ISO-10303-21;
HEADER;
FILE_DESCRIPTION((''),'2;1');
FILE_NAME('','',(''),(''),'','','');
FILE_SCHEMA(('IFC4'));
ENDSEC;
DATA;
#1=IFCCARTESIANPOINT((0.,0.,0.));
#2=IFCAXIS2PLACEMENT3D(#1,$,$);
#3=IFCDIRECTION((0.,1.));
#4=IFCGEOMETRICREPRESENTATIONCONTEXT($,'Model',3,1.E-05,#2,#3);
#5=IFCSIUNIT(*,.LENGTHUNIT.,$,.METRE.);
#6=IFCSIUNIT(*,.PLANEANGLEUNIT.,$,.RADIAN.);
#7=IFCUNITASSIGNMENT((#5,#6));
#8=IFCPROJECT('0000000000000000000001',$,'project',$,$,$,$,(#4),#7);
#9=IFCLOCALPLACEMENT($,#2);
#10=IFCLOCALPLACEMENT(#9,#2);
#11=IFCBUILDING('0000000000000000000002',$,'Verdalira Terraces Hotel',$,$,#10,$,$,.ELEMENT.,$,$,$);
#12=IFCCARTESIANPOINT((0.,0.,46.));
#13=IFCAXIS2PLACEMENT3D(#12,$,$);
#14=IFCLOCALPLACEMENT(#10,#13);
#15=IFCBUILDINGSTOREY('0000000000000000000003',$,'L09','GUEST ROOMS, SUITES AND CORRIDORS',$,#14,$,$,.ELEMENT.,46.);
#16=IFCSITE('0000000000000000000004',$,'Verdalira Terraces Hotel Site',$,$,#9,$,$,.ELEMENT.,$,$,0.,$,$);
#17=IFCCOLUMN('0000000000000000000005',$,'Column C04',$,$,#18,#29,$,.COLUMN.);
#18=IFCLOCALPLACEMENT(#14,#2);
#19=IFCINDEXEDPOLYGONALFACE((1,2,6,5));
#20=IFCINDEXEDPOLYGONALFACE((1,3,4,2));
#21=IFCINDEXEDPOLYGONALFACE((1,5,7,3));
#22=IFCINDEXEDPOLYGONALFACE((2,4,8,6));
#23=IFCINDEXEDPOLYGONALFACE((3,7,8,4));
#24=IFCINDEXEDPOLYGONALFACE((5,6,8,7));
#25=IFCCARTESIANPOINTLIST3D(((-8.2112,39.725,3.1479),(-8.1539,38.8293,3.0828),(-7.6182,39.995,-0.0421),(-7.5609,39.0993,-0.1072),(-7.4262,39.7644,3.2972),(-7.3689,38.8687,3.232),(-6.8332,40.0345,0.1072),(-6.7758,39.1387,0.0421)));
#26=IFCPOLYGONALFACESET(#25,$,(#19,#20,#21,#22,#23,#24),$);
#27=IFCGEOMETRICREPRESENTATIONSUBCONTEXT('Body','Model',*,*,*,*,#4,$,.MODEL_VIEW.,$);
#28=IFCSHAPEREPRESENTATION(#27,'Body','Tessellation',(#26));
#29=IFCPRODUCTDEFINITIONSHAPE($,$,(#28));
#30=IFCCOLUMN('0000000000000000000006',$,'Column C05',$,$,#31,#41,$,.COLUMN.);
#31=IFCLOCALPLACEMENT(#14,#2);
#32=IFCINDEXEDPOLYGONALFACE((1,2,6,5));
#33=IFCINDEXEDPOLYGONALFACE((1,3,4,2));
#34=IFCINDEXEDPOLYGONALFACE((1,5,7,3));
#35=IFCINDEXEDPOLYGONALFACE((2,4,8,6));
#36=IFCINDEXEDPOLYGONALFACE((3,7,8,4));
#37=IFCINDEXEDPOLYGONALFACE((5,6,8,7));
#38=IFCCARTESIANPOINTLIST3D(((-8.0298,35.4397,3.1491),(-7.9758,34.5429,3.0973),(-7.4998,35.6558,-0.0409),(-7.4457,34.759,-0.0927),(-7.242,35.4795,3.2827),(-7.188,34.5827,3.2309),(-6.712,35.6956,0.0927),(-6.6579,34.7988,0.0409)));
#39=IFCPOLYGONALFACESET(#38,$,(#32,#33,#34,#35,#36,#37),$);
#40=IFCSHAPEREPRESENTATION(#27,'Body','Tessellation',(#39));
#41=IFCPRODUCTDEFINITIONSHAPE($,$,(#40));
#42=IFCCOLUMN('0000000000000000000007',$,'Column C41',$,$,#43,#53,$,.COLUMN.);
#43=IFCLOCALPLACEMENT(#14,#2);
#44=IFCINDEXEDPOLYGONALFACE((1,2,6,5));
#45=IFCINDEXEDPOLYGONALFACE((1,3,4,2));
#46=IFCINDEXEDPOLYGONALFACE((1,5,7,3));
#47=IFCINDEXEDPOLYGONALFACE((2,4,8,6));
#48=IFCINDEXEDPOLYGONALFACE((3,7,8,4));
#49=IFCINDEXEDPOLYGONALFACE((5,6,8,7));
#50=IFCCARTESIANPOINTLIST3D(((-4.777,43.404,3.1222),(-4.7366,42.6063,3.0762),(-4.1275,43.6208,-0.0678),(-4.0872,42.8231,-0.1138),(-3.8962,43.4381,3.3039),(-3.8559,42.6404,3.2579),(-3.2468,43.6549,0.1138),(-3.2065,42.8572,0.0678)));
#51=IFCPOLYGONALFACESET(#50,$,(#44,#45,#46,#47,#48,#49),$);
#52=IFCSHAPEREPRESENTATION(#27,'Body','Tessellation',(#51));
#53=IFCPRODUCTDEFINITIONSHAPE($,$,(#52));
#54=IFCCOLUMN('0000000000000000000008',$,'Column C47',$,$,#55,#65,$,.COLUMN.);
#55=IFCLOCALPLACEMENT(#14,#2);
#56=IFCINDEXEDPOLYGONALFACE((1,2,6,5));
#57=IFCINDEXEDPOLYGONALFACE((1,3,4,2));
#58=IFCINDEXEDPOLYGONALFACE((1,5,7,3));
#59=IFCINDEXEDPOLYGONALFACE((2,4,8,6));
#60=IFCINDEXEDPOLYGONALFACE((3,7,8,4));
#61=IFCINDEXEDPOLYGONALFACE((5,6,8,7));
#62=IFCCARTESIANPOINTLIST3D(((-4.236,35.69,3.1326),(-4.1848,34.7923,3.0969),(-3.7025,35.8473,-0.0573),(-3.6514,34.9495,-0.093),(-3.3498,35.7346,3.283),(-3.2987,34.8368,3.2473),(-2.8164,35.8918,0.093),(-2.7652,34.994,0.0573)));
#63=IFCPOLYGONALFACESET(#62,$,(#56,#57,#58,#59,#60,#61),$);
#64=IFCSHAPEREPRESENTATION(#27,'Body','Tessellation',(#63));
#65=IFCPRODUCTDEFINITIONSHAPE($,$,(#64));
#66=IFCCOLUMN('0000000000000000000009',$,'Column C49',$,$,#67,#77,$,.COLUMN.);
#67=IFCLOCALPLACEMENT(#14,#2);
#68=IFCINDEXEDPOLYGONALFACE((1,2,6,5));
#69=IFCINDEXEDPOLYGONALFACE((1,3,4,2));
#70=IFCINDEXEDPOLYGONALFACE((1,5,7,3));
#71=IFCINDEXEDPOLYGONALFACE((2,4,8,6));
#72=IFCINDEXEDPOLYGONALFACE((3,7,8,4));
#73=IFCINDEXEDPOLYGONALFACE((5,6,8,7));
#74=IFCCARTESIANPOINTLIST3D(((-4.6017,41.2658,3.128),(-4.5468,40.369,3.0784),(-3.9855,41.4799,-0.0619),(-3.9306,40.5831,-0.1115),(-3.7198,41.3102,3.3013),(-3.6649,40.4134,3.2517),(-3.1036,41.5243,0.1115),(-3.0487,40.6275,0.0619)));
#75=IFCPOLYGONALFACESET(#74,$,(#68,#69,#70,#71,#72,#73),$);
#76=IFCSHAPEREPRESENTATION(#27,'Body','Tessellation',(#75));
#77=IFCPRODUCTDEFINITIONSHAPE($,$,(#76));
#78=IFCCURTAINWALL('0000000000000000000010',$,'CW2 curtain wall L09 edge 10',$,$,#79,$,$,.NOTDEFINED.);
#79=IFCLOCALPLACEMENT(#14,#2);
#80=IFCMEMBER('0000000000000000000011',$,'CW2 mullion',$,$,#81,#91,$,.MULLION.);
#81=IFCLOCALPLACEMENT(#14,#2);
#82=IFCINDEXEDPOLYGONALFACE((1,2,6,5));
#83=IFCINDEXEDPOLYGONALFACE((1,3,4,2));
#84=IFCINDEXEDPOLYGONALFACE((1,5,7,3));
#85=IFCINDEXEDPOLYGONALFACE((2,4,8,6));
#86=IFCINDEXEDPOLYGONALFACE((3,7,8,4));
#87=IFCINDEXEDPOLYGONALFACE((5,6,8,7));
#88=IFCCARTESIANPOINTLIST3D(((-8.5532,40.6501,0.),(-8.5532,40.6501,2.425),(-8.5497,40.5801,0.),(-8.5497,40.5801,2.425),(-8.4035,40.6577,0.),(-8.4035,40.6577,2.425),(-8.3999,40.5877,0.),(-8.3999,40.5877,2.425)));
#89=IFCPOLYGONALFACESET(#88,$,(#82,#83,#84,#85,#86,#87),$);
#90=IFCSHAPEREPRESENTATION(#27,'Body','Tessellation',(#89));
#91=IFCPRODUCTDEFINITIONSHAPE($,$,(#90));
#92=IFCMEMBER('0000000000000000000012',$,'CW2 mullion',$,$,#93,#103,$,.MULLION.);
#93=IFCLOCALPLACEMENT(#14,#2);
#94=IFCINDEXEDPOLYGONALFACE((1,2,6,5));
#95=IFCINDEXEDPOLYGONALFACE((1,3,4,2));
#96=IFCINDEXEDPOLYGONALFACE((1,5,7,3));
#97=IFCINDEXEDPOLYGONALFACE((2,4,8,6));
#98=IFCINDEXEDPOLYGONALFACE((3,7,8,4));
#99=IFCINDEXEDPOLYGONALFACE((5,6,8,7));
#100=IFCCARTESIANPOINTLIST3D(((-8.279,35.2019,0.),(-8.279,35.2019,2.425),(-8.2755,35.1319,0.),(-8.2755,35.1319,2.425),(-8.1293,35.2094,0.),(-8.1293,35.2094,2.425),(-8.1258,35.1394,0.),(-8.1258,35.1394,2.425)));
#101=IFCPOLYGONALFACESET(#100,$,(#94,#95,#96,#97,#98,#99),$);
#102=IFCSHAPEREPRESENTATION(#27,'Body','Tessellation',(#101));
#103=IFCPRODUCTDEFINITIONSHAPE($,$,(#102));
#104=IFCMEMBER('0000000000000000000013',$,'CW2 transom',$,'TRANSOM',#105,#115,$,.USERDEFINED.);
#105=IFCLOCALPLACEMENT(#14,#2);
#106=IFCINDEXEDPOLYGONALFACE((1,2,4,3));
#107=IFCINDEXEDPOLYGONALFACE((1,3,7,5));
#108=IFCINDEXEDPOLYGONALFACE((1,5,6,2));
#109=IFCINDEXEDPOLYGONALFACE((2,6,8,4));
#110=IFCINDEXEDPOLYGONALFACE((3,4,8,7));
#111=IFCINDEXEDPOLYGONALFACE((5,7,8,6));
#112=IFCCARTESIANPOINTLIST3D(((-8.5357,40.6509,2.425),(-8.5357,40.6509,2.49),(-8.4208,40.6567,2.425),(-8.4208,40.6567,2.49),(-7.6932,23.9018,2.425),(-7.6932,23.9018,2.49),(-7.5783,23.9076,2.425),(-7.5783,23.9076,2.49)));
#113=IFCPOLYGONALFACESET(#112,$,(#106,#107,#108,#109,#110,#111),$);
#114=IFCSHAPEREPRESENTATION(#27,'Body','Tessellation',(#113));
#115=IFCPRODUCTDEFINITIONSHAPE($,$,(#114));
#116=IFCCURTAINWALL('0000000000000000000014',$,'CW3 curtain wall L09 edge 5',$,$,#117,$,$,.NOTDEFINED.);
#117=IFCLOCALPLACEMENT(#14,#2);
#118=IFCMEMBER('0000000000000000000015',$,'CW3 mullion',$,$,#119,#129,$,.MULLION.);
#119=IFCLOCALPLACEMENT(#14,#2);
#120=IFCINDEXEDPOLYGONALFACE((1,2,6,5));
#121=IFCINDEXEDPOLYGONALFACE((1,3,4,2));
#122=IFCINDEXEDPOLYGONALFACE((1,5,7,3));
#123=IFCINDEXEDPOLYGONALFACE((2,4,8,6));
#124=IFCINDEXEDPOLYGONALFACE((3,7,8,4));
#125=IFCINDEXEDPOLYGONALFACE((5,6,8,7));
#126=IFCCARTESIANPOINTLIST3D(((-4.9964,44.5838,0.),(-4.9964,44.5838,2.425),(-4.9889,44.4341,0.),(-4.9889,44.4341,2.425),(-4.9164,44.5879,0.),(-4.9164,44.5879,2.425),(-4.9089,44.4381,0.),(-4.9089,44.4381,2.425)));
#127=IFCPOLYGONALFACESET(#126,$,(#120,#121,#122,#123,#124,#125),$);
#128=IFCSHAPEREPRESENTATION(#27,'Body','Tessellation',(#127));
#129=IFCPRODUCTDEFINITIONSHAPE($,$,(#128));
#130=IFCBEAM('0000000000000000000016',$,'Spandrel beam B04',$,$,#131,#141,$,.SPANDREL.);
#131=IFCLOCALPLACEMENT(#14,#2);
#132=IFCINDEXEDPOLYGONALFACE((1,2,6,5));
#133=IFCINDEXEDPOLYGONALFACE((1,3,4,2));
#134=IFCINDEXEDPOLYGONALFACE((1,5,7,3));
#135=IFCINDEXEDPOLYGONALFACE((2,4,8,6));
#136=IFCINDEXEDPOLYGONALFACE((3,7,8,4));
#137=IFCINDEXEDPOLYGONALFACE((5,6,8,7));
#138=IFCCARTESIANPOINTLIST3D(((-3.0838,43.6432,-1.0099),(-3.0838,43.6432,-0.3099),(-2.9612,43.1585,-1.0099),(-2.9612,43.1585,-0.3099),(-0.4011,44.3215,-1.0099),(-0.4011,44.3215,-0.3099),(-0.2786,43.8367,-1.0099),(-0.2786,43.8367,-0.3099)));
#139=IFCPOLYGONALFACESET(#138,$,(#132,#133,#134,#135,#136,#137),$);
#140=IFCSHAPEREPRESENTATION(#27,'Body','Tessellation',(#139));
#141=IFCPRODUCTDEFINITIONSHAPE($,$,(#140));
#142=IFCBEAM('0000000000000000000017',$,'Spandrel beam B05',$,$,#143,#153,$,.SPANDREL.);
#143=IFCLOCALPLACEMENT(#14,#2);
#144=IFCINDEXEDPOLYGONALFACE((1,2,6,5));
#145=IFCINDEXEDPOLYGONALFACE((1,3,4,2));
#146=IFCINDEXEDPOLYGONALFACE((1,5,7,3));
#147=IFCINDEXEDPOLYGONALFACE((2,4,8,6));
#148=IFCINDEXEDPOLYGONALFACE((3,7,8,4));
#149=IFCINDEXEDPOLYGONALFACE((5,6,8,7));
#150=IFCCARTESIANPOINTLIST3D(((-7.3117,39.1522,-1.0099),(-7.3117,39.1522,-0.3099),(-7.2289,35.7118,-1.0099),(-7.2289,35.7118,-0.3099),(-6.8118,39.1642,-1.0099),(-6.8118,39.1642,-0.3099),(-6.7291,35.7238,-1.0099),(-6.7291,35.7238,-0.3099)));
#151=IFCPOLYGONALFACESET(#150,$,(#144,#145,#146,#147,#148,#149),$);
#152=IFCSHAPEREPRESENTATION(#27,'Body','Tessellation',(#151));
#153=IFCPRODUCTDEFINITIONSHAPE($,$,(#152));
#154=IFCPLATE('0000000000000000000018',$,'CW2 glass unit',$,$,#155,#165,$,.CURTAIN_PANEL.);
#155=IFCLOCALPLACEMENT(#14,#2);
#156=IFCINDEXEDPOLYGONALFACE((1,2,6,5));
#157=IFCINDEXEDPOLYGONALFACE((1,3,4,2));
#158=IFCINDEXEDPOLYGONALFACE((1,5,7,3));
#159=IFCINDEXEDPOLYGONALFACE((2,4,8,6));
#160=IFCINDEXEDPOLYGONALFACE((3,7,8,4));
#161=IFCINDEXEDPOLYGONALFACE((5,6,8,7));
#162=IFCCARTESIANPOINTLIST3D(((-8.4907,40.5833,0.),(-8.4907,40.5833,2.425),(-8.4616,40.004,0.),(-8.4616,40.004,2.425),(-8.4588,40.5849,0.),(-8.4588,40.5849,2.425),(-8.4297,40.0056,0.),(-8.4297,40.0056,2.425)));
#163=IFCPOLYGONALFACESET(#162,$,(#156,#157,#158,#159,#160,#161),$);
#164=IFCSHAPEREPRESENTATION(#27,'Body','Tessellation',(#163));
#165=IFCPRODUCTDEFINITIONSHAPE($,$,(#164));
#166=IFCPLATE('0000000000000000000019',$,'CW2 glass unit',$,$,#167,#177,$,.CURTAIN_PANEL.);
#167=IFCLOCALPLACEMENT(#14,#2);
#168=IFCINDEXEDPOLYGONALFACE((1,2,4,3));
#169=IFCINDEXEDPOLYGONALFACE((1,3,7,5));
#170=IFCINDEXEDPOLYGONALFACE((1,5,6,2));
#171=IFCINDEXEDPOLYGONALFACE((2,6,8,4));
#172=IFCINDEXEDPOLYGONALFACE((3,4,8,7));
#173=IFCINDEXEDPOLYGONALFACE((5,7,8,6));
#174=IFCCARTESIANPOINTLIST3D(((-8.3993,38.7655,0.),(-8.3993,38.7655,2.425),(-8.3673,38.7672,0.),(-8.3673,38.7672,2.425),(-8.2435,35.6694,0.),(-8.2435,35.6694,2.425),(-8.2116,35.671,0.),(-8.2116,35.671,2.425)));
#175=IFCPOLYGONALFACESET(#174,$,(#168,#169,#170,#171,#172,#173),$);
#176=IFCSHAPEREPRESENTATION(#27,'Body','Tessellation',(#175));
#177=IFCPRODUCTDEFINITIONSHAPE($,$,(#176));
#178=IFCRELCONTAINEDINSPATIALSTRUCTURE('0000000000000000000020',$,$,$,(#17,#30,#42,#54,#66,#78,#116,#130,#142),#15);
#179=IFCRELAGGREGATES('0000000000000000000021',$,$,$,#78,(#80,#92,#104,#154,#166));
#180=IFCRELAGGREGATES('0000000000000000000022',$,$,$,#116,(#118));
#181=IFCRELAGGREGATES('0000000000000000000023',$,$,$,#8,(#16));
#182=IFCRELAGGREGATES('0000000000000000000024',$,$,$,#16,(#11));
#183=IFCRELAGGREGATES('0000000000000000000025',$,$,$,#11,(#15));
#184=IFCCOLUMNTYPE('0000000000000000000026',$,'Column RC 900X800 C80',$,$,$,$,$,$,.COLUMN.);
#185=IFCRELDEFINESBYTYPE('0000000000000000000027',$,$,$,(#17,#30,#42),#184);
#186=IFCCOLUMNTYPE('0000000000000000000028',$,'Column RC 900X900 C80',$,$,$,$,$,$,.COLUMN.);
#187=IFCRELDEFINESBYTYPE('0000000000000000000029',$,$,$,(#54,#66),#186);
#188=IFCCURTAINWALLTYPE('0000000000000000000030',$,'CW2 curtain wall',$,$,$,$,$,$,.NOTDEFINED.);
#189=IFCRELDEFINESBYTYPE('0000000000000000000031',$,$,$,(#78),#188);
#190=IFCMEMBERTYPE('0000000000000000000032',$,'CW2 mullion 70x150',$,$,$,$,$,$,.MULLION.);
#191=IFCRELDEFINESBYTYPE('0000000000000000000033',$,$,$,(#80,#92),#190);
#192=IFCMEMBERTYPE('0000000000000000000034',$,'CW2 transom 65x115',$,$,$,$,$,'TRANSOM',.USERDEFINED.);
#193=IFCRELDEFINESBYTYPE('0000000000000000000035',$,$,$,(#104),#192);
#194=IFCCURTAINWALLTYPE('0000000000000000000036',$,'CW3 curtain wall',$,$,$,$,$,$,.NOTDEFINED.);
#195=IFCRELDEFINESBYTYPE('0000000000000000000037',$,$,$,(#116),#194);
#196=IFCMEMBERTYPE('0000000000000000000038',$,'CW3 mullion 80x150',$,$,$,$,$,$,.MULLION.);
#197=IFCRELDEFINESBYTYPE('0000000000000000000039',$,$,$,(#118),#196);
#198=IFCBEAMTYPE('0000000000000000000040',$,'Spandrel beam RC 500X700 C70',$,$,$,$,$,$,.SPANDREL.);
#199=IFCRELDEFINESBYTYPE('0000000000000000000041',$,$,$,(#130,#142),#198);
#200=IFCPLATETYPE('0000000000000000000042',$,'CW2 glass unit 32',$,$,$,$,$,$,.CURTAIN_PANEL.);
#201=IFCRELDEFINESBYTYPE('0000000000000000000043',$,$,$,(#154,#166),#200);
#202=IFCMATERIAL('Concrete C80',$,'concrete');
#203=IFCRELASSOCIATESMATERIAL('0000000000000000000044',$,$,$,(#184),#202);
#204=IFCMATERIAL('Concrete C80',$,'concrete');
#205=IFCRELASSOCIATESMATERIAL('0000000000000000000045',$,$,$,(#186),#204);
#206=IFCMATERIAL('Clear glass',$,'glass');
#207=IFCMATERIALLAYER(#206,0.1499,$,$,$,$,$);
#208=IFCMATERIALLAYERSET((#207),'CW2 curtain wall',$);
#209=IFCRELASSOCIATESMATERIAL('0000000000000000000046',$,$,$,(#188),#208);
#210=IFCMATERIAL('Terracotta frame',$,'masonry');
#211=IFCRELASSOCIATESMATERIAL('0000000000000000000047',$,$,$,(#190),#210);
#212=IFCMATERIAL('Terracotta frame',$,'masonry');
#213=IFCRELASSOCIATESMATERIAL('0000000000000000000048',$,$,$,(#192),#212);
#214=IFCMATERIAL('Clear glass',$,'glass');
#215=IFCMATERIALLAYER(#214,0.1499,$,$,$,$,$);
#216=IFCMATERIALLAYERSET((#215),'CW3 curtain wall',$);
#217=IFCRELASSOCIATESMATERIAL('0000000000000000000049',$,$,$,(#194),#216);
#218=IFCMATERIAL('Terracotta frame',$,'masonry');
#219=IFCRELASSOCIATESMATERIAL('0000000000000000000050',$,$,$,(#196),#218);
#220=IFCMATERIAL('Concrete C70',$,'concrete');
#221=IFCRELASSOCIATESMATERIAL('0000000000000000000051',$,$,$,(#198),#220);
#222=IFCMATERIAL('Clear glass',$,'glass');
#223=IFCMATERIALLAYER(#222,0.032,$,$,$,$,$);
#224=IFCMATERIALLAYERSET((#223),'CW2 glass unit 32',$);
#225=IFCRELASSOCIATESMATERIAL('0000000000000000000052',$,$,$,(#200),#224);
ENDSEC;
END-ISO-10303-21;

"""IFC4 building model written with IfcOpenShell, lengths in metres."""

from ifc_helpers import new_model, si_unit, direction, frame, origin, origin_2d, place, context, subcontext, project, spatial, rectangle, extrude, material, layer, layer_set, material_profile, profile_set, type_object, element, aggregate, save


model = new_model("IFC4")

# Units and contexts
model_context = context("Model", 3, precision=1e-05, world=origin(), true_north=direction((0.0, 1.0)))
body_context = subcontext(model_context, "Body", "Model", "MODEL_VIEW")
ifc_project = project(units=[si_unit("LENGTHUNIT", "METRE"), si_unit("PLANEANGLEUNIT", "RADIAN")], contexts=[model_context])

# Site, building, storey
site_placement = place(None, origin())
site = spatial("IfcSite", under=ifc_project, at=site_placement, Name="Verdalira Terraces Hotel Site", CompositionType="ELEMENT", RefElevation=0.0)
building_placement = place(site_placement, origin())
building = spatial("IfcBuilding", under=site, at=building_placement, Name="Verdalira Terraces Hotel", CompositionType="ELEMENT")
storey_placement = place(building_placement, frame((0.0, 0.0, 46.0)))
storey = spatial("IfcBuildingStorey", under=building, at=storey_placement, Name="L09", Description="GUEST ROOMS, SUITES AND CORRIDORS", CompositionType="ELEMENT", Elevation=46.0)

# Columns
ifc_material_1 = material(Name="Concrete C80", Category="concrete")
ifc_material_profile_1 = material_profile(ifc_material_1, rectangle(XDim=0.8999, YDim=0.8, at=origin_2d()), Name="RC 900X800")
ifc_profile_set_1 = profile_set([ifc_material_profile_1], Name="Concrete C80")
column_type_1 = type_object("IfcColumnType", Name="Column RC 900X800 C80", PredefinedType="COLUMN", material=ifc_profile_set_1)
column_1_placement = place(storey_placement, frame((-7.197, 39.5669, 0.0), z_axis=(-0.182141, -0.082935, 0.979769), x_axis=(0.063733, -0.995337, -0.072404)))
element("IfcColumn", 1, at=column_1_placement, inside=storey, type_object=column_type_1, Name="Column C04", PredefinedType="COLUMN", context=body_context, shape_type="SweptSolid", body=[
    extrude(rectangle(XDim=0.8999, YDim=0.8, at=origin_2d()), origin(), (0.0, 0.0, 1.0), 3.2559),
])
column_2_placement = place(storey_placement, frame((-7.0789, 35.2273, 0.0), z_axis=(-0.163545, -0.066668, 0.984281), x_axis=(0.060063, -0.996536, -0.057518)))
element("IfcColumn", 2, at=column_2_placement, inside=storey, type_object=column_type_1, Name="Column C05", PredefinedType="COLUMN", context=body_context, shape_type="SweptSolid", body=[
    extrude(rectangle(XDim=0.8999, YDim=0.8, at=origin_2d()), origin(), (0.0, 0.0, 1.0), 3.241),
])
column_3_placement = place(storey_placement, frame((-3.667, 43.239, 0.0), z_axis=(-0.199049, -0.066449, 0.977734), x_axis=(-0.978691, -0.037867, -0.201817)))
element("IfcColumn", 3, at=column_3_placement, inside=storey, type_object=column_type_1, Name="Column C41", PredefinedType="COLUMN", context=body_context, shape_type="SweptSolid", body=[
    extrude(rectangle(XDim=0.8999, YDim=0.8, at=origin_2d()), origin(), (0.0, 0.0, 1.0), 3.2627),
])
ifc_material_2 = material(Name="Concrete C80", Category="concrete")
ifc_material_profile_2 = material_profile(ifc_material_2, rectangle(XDim=0.8999, YDim=0.8999, at=origin_2d()), Name="RC 900X900")
ifc_profile_set_2 = profile_set([ifc_material_profile_2], Name="Concrete C80")
column_type_2 = type_object("IfcColumnType", Name="Column RC 900X900 C80", PredefinedType="COLUMN", material=ifc_profile_set_2)
column_4_placement = place(storey_placement, frame((-3.2339, 35.4207, 0.0), z_axis=(-0.164743, -0.048556, 0.985141), x_axis=(-0.056858, 0.997594, 0.039661)))
element("IfcColumn", 4, at=column_4_placement, inside=storey, type_object=column_type_2, Name="Column C47", PredefinedType="COLUMN", context=body_context, shape_type="SweptSolid", body=[
    extrude(rectangle(XDim=0.8999, YDim=0.8999, at=origin_2d()), origin(), (0.0, 0.0, 1.0), 3.238),
])
column_5_placement = place(storey_placement, frame((-3.5171, 41.0537, 0.0), z_axis=(-0.189256, -0.06576, 0.979723), x_axis=(-0.06101, 0.996615, 0.055108)))
element("IfcColumn", 5, at=column_5_placement, inside=storey, type_object=column_type_2, Name="Column C49", PredefinedType="COLUMN", context=body_context, shape_type="SweptSolid", body=[
    extrude(rectangle(XDim=0.8999, YDim=0.8999, at=origin_2d()), origin(), (0.0, 0.0, 1.0), 3.2559),
])

# Curtain wall, members
ifc_material_3 = material(Name="Clear glass", Category="glass")
ifc_layer_1 = layer(ifc_material_3, 0.1499)
ifc_layer_set_1 = layer_set([ifc_layer_1], Name="CW2 curtain wall")
curtain_wall_type_1 = type_object("IfcCurtainWallType", Name="CW2 curtain wall", PredefinedType="NOTDEFINED", material=ifc_layer_set_1)
curtain_wall_1_placement = place(storey_placement, origin())
curtain_wall_1 = element("IfcCurtainWall", 6, at=curtain_wall_1_placement, inside=storey, type_object=curtain_wall_type_1, Name="CW2 curtain wall L09 edge 10", PredefinedType="NOTDEFINED")
ifc_material_4 = material(Name="Terracotta frame", Category="masonry")
ifc_material_profile_3 = material_profile(ifc_material_4, rectangle(XDim=0.0701, YDim=0.1499, at=origin_2d()), Name="MU 70x150")
ifc_profile_set_3 = profile_set([ifc_material_profile_3], Name="Terracotta frame")
member_type_1 = type_object("IfcMemberType", Name="CW2 mullion 70x150", PredefinedType="MULLION", material=ifc_profile_set_3)
member_1_placement = place(storey_placement, frame((-8.4766, 40.6189, 0.0), z_axis=(0.0, 0.0, 1.0), x_axis=(0.050244, -0.998737, 0.0)))
member_1 = element("IfcMember", 7, at=member_1_placement, type_object=member_type_1, Name="CW2 mullion", PredefinedType="MULLION", context=body_context, shape_type="SweptSolid", body=[
    extrude(rectangle(XDim=0.0701, YDim=0.1499, at=origin_2d()), origin(), (0.0, 0.0, 1.0), 2.425),
])
member_2_placement = place(storey_placement, frame((-8.2024, 35.1707, 0.0), z_axis=(0.0, 0.0, 1.0), x_axis=(0.050244, -0.998737, 0.0)))
member_2 = element("IfcMember", 8, at=member_2_placement, type_object=member_type_1, Name="CW2 mullion", PredefinedType="MULLION", context=body_context, shape_type="SweptSolid", body=[
    extrude(rectangle(XDim=0.0701, YDim=0.1499, at=origin_2d()), origin(), (0.0, 0.0, 1.0), 2.425),
])
ifc_material_5 = material(Name="Terracotta frame", Category="masonry")
ifc_material_profile_4 = material_profile(ifc_material_5, rectangle(XDim=0.115, YDim=0.0649, at=origin_2d()), Name="TR 65x115")
ifc_profile_set_4 = profile_set([ifc_material_profile_4], Name="Terracotta frame")
member_type_2 = type_object("IfcMemberType", Name="CW2 transom 65x115", ElementType="TRANSOM", PredefinedType="USERDEFINED", material=ifc_profile_set_4)
member_3_placement = place(storey_placement, frame((-8.4783, 40.6538, 2.4575), z_axis=(0.05024, -0.998737, 0.0), x_axis=(0.998737, 0.05024, 0.0)))
member_3 = element("IfcMember", 9, at=member_3_placement, type_object=member_type_2, Name="CW2 transom", ObjectType="TRANSOM", PredefinedType="USERDEFINED", context=body_context, shape_type="SweptSolid", body=[
    extrude(rectangle(XDim=0.115, YDim=0.0649, at=origin_2d()), origin(), (0.0, 0.0, 1.0), 16.7703),
])

# Curtain wall, member
ifc_material_6 = material(Name="Clear glass", Category="glass")
ifc_layer_2 = layer(ifc_material_6, 0.1499)
ifc_layer_set_2 = layer_set([ifc_layer_2], Name="CW3 curtain wall")
curtain_wall_type_2 = type_object("IfcCurtainWallType", Name="CW3 curtain wall", PredefinedType="NOTDEFINED", material=ifc_layer_set_2)
curtain_wall_2_placement = place(storey_placement, origin())
curtain_wall_2 = element("IfcCurtainWall", 10, at=curtain_wall_2_placement, inside=storey, type_object=curtain_wall_type_2, Name="CW3 curtain wall L09 edge 5", PredefinedType="NOTDEFINED")
ifc_material_7 = material(Name="Terracotta frame", Category="masonry")
ifc_material_profile_5 = material_profile(ifc_material_7, rectangle(XDim=0.0801, YDim=0.1499, at=origin_2d()), Name="MU 80x150")
ifc_profile_set_5 = profile_set([ifc_material_profile_5], Name="Terracotta frame")
member_type_3 = type_object("IfcMemberType", Name="CW3 mullion 80x150", PredefinedType="MULLION", material=ifc_profile_set_5)
member_4_placement = place(storey_placement, frame((-4.9526, 44.511, 0.0), z_axis=(0.0, 0.0, 1.0), x_axis=(-0.998737, -0.050244, 0.0)))
member_4 = element("IfcMember", 11, at=member_4_placement, type_object=member_type_3, Name="CW3 mullion", PredefinedType="MULLION", context=body_context, shape_type="SweptSolid", body=[
    extrude(rectangle(XDim=0.0801, YDim=0.1499, at=origin_2d()), origin(), (0.0, 0.0, 1.0), 2.425),
])

# Beams
ifc_material_8 = material(Name="Concrete C70", Category="concrete")
ifc_material_profile_6 = material_profile(ifc_material_8, rectangle(XDim=0.5, YDim=0.7, at=origin_2d()), Name="RC 500X700")
ifc_profile_set_6 = profile_set([ifc_material_profile_6], Name="Concrete C70")
beam_type = type_object("IfcBeamType", Name="Spandrel beam RC 500X700 C70", PredefinedType="SPANDREL", material=ifc_profile_set_6)
beam_1_placement = place(storey_placement, frame((-0.3398, 44.0791, -0.6599), z_axis=(-0.969496, -0.245109, 0.0), x_axis=(0.245109, -0.969496, 0.0)))
element("IfcBeam", 12, at=beam_1_placement, inside=storey, type_object=beam_type, Name="Spandrel beam B04", PredefinedType="SPANDREL", context=body_context, shape_type="SweptSolid", body=[
    extrude(rectangle(XDim=0.5, YDim=0.7, at=origin_2d()), origin(), (0.0, 0.0, 1.0), 2.7671),
])
beam_2_placement = place(storey_placement, frame((-7.0618, 39.1582, -0.6599), z_axis=(0.024049, -0.999711, 0.0), x_axis=(0.999711, 0.024049, 0.0)))
element("IfcBeam", 13, at=beam_2_placement, inside=storey, type_object=beam_type, Name="Spandrel beam B05", PredefinedType="SPANDREL", context=body_context, shape_type="SweptSolid", body=[
    extrude(rectangle(XDim=0.5, YDim=0.7, at=origin_2d()), origin(), (0.0, 0.0, 1.0), 3.4414),
])

# Plates
ifc_material_9 = material(Name="Clear glass", Category="glass")
ifc_layer_3 = layer(ifc_material_9, 0.032)
ifc_layer_set_3 = layer_set([ifc_layer_3], Name="CW2 glass unit 32")
plate_type_1 = type_object("IfcPlateType", Name="CW2 glass unit 32", PredefinedType="CURTAIN_PANEL", material=ifc_layer_set_3)
plate_1_placement = place(storey_placement, frame((-8.4602, 40.2944, 0.0), z_axis=(0.0, 0.0, 1.0), x_axis=(0.050244, -0.998737, 0.0)))
plate_1 = element("IfcPlate", 14, at=plate_1_placement, type_object=plate_type_1, Name="CW2 glass unit", PredefinedType="CURTAIN_PANEL", context=body_context, shape_type="SweptSolid", body=[
    extrude(rectangle(XDim=0.5801, YDim=0.032, at=origin_2d()), origin(), (0.0, 0.0, 1.0), 2.425),
])
plate_2_placement = place(storey_placement, frame((-8.3054, 37.2183, 0.0), z_axis=(0.0, 0.0, 1.0), x_axis=(0.050244, -0.998737, 0.0)))
plate_2 = element("IfcPlate", 15, at=plate_2_placement, type_object=plate_type_1, Name="CW2 glass unit", PredefinedType="CURTAIN_PANEL", context=body_context, shape_type="SweptSolid", body=[
    extrude(rectangle(XDim=3.1001, YDim=0.032, at=origin_2d()), origin(), (0.0, 0.0, 1.0), 2.425),
])
aggregate(curtain_wall_1, [member_1, member_2, member_3, plate_1, plate_2])
aggregate(curtain_wall_2, [member_4])

save(model, "model.ifc")
